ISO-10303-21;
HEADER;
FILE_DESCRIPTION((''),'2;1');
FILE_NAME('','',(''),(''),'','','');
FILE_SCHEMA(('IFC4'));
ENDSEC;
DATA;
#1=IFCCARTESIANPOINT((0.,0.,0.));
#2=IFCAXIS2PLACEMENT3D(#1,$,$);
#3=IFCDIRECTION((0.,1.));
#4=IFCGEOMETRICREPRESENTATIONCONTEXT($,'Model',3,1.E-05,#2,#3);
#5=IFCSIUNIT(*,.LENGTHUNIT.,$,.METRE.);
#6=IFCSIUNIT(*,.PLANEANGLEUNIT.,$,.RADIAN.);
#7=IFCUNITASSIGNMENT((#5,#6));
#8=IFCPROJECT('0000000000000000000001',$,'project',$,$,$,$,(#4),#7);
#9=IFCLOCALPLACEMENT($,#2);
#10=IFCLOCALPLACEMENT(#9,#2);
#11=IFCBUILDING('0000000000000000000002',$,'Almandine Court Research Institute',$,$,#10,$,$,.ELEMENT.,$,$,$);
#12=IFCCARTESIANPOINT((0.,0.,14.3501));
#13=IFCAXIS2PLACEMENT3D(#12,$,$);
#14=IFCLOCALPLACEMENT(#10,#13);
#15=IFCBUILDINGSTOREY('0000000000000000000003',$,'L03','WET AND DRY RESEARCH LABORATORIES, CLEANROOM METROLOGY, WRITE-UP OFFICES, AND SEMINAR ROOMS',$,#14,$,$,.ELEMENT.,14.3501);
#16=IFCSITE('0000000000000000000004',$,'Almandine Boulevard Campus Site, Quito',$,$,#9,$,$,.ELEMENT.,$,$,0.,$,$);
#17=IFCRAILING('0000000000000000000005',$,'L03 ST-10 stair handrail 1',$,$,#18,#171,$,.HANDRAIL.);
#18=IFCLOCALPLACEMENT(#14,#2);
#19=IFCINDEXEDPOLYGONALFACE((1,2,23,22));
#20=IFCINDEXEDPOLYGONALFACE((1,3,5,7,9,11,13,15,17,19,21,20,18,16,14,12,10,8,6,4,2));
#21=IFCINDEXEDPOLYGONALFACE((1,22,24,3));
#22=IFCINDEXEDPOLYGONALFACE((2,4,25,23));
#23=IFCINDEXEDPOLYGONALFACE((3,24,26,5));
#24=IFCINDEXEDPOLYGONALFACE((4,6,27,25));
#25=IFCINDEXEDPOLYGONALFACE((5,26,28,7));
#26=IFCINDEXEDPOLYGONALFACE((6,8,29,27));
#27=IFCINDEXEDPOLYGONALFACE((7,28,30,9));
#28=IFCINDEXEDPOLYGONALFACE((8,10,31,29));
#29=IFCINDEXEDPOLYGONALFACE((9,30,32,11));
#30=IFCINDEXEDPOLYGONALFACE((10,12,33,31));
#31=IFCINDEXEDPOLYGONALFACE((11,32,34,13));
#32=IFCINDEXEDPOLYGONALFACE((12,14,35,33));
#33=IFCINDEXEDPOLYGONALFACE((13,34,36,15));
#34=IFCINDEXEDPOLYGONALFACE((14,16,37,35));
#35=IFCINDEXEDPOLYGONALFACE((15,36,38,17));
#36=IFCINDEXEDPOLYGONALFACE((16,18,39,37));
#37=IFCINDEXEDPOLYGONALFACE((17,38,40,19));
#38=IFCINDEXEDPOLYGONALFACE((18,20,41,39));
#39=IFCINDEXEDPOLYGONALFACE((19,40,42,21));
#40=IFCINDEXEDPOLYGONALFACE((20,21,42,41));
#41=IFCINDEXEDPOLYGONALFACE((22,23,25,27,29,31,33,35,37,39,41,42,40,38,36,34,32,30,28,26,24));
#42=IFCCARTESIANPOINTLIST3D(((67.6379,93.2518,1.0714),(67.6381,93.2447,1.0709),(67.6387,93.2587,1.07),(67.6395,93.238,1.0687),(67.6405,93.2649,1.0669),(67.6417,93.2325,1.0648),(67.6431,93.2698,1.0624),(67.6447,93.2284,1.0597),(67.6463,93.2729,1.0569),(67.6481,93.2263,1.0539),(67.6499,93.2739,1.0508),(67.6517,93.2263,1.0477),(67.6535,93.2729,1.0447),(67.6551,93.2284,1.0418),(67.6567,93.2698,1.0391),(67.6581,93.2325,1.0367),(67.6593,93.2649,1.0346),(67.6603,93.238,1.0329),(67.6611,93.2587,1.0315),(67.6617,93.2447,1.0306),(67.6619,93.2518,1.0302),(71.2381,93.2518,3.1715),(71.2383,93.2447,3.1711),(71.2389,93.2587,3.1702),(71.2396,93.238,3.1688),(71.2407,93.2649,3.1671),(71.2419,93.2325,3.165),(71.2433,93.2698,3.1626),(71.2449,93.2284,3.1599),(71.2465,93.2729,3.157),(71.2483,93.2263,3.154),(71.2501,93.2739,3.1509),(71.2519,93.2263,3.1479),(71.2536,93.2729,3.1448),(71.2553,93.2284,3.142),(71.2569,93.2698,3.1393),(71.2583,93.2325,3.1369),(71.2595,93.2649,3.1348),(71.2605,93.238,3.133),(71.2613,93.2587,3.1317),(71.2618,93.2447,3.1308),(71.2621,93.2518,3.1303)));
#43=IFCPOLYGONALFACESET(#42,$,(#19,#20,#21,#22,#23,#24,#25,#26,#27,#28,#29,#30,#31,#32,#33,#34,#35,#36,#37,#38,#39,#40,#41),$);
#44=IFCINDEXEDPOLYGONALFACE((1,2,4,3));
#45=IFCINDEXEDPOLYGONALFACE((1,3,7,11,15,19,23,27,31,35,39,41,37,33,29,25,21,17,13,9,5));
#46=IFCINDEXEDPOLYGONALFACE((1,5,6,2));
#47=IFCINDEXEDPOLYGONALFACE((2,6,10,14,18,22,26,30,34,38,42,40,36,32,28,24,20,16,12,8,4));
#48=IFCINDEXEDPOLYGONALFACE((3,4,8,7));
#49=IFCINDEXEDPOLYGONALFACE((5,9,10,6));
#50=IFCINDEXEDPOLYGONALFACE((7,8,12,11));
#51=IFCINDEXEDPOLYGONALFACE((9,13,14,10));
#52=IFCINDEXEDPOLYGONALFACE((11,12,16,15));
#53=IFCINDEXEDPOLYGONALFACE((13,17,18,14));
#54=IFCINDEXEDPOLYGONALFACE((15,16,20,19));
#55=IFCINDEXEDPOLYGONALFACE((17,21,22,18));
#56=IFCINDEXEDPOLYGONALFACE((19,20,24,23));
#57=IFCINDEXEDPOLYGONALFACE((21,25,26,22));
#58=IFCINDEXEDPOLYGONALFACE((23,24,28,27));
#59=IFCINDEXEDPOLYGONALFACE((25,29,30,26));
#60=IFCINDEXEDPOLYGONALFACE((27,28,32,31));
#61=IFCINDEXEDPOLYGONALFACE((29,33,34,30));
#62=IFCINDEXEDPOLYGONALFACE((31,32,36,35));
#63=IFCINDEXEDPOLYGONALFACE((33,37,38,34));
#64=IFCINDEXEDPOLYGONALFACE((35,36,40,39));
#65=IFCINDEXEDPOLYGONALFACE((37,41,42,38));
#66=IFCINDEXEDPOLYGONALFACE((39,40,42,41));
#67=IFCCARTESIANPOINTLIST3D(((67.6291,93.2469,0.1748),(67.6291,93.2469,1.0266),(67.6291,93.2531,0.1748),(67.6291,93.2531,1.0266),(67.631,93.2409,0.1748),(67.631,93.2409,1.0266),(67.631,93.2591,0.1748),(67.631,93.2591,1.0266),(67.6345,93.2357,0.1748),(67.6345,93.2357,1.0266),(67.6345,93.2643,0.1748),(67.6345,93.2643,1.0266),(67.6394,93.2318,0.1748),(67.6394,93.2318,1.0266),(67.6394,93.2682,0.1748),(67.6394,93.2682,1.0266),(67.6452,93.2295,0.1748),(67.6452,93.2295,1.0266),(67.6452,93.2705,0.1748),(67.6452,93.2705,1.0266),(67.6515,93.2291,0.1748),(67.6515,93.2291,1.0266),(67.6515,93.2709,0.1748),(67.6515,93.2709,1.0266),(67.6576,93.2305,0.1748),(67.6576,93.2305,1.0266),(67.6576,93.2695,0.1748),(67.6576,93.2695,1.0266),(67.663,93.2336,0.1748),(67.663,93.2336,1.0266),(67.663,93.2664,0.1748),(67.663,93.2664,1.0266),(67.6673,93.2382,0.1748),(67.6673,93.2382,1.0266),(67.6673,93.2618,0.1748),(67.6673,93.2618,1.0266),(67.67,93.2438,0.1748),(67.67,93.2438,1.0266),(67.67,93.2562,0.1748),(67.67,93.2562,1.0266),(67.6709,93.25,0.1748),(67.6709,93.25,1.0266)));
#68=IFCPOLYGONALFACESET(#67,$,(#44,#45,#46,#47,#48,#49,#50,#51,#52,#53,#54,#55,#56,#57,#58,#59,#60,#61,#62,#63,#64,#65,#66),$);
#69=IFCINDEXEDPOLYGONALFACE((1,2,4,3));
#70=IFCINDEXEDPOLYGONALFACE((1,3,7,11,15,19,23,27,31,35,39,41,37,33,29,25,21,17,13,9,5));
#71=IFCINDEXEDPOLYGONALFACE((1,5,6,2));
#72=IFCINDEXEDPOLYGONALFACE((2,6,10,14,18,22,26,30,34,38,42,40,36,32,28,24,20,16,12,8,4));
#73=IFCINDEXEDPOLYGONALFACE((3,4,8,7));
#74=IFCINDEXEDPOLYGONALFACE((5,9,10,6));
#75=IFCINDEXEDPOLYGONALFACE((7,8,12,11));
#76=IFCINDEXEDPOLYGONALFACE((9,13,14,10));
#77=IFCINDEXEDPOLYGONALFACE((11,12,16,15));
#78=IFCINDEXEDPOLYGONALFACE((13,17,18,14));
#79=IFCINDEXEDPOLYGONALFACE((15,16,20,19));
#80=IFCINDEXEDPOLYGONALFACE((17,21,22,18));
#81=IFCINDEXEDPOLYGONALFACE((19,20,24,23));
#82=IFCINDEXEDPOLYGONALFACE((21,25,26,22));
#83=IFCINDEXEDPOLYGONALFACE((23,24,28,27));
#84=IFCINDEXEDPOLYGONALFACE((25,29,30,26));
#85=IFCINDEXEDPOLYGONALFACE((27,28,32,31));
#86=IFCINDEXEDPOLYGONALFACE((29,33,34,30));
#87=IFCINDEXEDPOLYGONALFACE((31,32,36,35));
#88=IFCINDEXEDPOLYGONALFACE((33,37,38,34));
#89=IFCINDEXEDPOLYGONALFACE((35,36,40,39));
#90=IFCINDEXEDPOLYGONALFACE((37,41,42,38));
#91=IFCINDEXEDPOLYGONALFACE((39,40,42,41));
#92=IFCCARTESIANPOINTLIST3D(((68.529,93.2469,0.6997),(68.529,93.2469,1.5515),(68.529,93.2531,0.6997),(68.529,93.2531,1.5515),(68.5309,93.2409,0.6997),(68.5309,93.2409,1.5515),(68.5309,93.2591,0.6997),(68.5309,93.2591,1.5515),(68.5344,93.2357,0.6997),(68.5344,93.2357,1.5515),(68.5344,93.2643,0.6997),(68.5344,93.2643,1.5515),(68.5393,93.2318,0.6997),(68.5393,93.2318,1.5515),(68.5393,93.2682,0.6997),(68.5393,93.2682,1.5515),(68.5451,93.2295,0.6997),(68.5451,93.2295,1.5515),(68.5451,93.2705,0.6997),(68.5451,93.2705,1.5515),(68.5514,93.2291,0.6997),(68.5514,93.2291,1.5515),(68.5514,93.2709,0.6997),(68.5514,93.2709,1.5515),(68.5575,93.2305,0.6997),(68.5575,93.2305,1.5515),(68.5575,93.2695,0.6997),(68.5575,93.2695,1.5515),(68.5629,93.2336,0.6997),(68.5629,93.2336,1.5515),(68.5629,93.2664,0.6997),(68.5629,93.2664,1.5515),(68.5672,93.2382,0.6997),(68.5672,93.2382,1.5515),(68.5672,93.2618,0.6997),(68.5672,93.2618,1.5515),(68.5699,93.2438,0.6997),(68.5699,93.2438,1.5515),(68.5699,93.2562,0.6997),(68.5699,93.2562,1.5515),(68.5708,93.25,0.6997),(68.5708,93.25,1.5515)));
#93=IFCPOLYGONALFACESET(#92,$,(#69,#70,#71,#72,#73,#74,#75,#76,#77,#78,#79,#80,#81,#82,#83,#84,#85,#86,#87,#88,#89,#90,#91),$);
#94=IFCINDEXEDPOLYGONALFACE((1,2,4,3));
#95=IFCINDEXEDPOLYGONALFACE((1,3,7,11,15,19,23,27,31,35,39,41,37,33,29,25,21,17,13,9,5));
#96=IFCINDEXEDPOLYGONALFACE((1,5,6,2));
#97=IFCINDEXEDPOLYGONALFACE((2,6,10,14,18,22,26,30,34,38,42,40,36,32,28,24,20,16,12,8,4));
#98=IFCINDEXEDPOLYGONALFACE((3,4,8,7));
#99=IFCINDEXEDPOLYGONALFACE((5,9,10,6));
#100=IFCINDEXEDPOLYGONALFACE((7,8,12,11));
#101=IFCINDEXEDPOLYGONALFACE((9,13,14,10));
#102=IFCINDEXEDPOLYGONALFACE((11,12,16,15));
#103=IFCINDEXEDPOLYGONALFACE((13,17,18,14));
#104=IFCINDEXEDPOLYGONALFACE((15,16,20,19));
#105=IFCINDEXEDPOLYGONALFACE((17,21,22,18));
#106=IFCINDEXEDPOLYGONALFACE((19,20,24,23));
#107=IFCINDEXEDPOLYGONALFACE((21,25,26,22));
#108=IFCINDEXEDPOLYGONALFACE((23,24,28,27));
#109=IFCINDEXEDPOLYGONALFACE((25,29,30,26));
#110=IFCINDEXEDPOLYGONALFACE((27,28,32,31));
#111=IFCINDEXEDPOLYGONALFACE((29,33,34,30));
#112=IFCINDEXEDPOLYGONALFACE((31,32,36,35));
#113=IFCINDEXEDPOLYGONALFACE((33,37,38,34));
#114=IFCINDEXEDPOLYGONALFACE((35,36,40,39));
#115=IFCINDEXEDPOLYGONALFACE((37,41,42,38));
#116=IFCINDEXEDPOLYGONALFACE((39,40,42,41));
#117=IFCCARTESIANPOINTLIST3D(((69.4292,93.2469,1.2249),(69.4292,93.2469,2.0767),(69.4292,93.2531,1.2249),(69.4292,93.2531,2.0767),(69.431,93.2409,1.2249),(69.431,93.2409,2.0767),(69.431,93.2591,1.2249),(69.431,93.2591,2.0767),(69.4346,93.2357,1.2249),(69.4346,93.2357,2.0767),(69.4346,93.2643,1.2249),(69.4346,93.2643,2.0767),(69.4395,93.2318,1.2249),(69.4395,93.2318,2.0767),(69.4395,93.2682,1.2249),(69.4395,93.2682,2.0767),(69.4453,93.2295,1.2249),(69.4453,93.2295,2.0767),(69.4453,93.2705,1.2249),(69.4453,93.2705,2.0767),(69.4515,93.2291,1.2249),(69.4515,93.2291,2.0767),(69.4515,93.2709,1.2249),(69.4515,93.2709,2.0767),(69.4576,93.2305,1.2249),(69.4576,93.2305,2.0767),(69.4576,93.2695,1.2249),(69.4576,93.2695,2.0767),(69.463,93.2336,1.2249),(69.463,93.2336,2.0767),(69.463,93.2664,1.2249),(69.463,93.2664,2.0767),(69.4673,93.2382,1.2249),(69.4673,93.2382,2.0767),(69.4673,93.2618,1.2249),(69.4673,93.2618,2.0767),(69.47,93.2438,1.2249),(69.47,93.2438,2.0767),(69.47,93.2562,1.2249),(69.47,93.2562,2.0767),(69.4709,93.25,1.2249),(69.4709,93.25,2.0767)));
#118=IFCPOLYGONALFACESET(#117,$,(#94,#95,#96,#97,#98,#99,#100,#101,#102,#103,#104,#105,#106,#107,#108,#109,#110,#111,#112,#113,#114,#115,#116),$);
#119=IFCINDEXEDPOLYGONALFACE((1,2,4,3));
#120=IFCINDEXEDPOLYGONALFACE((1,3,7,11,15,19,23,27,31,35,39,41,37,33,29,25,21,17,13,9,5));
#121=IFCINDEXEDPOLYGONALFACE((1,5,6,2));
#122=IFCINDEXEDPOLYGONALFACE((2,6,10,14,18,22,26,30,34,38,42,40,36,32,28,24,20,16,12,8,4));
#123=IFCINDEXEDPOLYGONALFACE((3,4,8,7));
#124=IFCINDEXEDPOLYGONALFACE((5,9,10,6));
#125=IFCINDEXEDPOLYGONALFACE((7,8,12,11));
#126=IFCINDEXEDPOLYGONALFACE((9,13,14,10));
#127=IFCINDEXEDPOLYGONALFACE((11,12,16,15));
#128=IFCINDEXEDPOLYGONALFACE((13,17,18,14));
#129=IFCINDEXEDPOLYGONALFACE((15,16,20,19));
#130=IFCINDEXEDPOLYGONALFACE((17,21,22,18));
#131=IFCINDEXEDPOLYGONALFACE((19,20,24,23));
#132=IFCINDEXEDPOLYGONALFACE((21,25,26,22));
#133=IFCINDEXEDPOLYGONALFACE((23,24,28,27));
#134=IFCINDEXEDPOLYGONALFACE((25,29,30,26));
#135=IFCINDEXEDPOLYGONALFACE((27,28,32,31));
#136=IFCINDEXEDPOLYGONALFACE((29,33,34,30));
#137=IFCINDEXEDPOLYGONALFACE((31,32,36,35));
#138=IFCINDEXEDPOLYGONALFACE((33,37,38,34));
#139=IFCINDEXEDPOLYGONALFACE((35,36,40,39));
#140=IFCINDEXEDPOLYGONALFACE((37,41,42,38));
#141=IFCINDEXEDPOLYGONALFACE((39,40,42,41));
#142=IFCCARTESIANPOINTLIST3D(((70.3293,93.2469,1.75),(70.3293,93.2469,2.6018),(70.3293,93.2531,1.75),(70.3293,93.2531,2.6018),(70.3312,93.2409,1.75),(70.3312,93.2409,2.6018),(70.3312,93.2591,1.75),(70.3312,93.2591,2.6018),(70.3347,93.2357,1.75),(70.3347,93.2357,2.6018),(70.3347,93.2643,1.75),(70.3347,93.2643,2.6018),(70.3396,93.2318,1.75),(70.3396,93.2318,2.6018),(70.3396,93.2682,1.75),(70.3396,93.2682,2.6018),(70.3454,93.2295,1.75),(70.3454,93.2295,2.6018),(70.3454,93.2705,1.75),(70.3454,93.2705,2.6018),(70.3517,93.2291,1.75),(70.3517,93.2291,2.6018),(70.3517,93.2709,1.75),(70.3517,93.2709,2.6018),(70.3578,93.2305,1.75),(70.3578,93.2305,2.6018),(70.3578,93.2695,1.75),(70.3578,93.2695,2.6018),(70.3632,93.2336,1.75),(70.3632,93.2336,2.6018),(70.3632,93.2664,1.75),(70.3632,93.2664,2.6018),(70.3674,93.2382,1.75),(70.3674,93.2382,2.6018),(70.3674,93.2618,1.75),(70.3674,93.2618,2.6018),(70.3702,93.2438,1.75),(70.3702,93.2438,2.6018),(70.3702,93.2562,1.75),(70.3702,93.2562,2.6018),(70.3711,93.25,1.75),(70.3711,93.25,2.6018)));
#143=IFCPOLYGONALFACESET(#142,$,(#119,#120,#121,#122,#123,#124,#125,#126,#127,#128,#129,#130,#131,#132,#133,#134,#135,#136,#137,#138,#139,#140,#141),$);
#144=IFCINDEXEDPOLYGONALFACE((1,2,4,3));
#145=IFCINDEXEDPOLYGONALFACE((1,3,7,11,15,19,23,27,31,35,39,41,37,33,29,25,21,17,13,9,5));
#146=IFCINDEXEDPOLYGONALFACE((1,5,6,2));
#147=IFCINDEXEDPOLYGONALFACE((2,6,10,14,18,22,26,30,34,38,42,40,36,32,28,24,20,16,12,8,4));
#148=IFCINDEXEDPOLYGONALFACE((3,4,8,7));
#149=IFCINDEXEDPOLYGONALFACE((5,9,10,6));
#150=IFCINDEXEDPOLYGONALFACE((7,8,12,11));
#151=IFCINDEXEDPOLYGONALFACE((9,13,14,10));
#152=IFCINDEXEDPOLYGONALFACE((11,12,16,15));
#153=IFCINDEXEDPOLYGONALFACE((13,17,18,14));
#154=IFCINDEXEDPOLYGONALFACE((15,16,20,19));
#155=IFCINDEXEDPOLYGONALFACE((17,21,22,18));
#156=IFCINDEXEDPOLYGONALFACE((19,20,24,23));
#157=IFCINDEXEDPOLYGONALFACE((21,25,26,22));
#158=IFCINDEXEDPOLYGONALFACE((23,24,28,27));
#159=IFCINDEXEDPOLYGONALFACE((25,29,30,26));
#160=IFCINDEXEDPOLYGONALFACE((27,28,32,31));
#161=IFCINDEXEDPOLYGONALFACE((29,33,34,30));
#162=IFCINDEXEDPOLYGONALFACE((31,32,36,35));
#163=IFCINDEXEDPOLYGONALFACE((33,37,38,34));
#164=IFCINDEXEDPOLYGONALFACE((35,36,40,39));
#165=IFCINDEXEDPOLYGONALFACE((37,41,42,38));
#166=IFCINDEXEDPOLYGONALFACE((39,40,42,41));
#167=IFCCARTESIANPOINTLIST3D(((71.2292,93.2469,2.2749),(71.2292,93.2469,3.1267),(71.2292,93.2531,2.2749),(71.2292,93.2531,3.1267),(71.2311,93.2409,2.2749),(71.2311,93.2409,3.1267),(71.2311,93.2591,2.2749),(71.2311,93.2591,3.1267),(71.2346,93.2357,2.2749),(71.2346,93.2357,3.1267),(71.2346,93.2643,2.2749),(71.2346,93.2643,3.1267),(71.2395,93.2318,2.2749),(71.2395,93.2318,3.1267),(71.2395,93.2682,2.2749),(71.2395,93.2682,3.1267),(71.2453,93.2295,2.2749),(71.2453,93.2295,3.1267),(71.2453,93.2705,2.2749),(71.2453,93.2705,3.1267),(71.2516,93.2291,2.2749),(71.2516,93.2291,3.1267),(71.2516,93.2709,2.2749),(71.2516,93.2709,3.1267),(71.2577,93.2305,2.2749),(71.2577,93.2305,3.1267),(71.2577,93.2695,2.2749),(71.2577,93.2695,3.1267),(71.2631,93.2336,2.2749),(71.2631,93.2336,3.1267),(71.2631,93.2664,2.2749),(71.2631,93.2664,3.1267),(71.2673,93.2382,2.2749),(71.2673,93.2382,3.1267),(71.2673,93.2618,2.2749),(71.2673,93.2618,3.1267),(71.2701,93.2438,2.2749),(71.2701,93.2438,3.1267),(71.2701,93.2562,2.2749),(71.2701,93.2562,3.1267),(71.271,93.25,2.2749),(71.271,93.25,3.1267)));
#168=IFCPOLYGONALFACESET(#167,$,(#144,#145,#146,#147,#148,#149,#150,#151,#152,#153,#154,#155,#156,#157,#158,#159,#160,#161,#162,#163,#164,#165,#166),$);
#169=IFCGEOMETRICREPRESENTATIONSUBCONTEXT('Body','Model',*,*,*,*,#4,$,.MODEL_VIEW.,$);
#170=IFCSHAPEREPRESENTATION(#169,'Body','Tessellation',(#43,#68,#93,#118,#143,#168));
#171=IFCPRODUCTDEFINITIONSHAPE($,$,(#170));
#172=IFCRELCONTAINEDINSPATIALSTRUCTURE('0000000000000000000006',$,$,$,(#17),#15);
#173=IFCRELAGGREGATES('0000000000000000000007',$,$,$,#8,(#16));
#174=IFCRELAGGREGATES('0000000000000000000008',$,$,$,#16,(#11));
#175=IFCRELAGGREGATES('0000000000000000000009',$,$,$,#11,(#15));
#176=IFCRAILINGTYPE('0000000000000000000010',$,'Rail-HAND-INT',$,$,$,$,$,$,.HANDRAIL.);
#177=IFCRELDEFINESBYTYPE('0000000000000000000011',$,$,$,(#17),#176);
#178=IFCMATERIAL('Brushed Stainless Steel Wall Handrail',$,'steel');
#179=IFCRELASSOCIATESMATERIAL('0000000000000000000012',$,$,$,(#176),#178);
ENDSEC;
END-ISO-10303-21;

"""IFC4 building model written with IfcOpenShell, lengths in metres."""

from ifc_helpers import new_model, si_unit, direction, frame, origin, origin_2d, place, context, subcontext, project, spatial, circle, extrude, material, type_object, element, save


model = new_model("IFC4")

# Units and contexts
model_context = context("Model", 3, precision=1e-05, world=origin(), true_north=direction((0.0, 1.0)))
body_context = subcontext(model_context, "Body", "Model", "MODEL_VIEW")
ifc_project = project(units=[si_unit("LENGTHUNIT", "METRE"), si_unit("PLANEANGLEUNIT", "RADIAN")], contexts=[model_context])

# Site, building, storey
site_placement = place(None, origin())
site = spatial("IfcSite", under=ifc_project, at=site_placement, Name="Almandine Boulevard Campus Site, Quito", CompositionType="ELEMENT", RefElevation=0.0)
building_placement = place(site_placement, origin())
building = spatial("IfcBuilding", under=site, at=building_placement, Name="Almandine Court Research Institute", CompositionType="ELEMENT")
storey_placement = place(building_placement, frame((0.0, 0.0, 14.3501)))
storey = spatial("IfcBuildingStorey", under=building, at=storey_placement, Name="L03", Description="WET AND DRY RESEARCH LABORATORIES, CLEANROOM METROLOGY, WRITE-UP OFFICES, AND SEMINAR ROOMS", CompositionType="ELEMENT", Elevation=14.3501)

# Railing
ifc_material_1 = material(Name="Brushed Stainless Steel Wall Handrail", Category="steel")
railing_type_1 = type_object("IfcRailingType", Name="Rail-HAND-INT", PredefinedType="HANDRAIL", material=ifc_material_1)
railing_1_placement = place(storey_placement, frame((67.6499, 93.25, 0.1748)))
element("IfcRailing", 1, at=railing_1_placement, inside=storey, type_object=railing_type_1, Name="L03 ST-10 stair handrail 1", PredefinedType="HANDRAIL", context=body_context, shape_type="SweptSolid", body=[
    extrude(circle(Radius=0.0239, at=origin_2d()), frame((0.0, 0.0, 0.876), z_axis=(0.863775, 0.0, 0.503878), x_axis=(0.0, 1.0, 0.0)), (0.0, 0.0, 1.0), 4.168),
    extrude(circle(Radius=0.021, at=origin_2d()), origin(), (0.0, 0.0, 1.0), 0.8518),
    extrude(circle(Radius=0.021, at=origin_2d()), frame((0.8999, 0.0, 0.5249)), (0.0, 0.0, 1.0), 0.8518),
    extrude(circle(Radius=0.021, at=origin_2d()), frame((1.8, 0.0, 1.05)), (0.0, 0.0, 1.0), 0.8518),
    extrude(circle(Radius=0.021, at=origin_2d()), frame((2.7002, 0.0, 1.5752)), (0.0, 0.0, 1.0), 0.8518),
    extrude(circle(Radius=0.021, at=origin_2d()), frame((3.6001, 0.0, 2.1001)), (0.0, 0.0, 1.0), 0.8518),
])

save(model, "model.ifc")
